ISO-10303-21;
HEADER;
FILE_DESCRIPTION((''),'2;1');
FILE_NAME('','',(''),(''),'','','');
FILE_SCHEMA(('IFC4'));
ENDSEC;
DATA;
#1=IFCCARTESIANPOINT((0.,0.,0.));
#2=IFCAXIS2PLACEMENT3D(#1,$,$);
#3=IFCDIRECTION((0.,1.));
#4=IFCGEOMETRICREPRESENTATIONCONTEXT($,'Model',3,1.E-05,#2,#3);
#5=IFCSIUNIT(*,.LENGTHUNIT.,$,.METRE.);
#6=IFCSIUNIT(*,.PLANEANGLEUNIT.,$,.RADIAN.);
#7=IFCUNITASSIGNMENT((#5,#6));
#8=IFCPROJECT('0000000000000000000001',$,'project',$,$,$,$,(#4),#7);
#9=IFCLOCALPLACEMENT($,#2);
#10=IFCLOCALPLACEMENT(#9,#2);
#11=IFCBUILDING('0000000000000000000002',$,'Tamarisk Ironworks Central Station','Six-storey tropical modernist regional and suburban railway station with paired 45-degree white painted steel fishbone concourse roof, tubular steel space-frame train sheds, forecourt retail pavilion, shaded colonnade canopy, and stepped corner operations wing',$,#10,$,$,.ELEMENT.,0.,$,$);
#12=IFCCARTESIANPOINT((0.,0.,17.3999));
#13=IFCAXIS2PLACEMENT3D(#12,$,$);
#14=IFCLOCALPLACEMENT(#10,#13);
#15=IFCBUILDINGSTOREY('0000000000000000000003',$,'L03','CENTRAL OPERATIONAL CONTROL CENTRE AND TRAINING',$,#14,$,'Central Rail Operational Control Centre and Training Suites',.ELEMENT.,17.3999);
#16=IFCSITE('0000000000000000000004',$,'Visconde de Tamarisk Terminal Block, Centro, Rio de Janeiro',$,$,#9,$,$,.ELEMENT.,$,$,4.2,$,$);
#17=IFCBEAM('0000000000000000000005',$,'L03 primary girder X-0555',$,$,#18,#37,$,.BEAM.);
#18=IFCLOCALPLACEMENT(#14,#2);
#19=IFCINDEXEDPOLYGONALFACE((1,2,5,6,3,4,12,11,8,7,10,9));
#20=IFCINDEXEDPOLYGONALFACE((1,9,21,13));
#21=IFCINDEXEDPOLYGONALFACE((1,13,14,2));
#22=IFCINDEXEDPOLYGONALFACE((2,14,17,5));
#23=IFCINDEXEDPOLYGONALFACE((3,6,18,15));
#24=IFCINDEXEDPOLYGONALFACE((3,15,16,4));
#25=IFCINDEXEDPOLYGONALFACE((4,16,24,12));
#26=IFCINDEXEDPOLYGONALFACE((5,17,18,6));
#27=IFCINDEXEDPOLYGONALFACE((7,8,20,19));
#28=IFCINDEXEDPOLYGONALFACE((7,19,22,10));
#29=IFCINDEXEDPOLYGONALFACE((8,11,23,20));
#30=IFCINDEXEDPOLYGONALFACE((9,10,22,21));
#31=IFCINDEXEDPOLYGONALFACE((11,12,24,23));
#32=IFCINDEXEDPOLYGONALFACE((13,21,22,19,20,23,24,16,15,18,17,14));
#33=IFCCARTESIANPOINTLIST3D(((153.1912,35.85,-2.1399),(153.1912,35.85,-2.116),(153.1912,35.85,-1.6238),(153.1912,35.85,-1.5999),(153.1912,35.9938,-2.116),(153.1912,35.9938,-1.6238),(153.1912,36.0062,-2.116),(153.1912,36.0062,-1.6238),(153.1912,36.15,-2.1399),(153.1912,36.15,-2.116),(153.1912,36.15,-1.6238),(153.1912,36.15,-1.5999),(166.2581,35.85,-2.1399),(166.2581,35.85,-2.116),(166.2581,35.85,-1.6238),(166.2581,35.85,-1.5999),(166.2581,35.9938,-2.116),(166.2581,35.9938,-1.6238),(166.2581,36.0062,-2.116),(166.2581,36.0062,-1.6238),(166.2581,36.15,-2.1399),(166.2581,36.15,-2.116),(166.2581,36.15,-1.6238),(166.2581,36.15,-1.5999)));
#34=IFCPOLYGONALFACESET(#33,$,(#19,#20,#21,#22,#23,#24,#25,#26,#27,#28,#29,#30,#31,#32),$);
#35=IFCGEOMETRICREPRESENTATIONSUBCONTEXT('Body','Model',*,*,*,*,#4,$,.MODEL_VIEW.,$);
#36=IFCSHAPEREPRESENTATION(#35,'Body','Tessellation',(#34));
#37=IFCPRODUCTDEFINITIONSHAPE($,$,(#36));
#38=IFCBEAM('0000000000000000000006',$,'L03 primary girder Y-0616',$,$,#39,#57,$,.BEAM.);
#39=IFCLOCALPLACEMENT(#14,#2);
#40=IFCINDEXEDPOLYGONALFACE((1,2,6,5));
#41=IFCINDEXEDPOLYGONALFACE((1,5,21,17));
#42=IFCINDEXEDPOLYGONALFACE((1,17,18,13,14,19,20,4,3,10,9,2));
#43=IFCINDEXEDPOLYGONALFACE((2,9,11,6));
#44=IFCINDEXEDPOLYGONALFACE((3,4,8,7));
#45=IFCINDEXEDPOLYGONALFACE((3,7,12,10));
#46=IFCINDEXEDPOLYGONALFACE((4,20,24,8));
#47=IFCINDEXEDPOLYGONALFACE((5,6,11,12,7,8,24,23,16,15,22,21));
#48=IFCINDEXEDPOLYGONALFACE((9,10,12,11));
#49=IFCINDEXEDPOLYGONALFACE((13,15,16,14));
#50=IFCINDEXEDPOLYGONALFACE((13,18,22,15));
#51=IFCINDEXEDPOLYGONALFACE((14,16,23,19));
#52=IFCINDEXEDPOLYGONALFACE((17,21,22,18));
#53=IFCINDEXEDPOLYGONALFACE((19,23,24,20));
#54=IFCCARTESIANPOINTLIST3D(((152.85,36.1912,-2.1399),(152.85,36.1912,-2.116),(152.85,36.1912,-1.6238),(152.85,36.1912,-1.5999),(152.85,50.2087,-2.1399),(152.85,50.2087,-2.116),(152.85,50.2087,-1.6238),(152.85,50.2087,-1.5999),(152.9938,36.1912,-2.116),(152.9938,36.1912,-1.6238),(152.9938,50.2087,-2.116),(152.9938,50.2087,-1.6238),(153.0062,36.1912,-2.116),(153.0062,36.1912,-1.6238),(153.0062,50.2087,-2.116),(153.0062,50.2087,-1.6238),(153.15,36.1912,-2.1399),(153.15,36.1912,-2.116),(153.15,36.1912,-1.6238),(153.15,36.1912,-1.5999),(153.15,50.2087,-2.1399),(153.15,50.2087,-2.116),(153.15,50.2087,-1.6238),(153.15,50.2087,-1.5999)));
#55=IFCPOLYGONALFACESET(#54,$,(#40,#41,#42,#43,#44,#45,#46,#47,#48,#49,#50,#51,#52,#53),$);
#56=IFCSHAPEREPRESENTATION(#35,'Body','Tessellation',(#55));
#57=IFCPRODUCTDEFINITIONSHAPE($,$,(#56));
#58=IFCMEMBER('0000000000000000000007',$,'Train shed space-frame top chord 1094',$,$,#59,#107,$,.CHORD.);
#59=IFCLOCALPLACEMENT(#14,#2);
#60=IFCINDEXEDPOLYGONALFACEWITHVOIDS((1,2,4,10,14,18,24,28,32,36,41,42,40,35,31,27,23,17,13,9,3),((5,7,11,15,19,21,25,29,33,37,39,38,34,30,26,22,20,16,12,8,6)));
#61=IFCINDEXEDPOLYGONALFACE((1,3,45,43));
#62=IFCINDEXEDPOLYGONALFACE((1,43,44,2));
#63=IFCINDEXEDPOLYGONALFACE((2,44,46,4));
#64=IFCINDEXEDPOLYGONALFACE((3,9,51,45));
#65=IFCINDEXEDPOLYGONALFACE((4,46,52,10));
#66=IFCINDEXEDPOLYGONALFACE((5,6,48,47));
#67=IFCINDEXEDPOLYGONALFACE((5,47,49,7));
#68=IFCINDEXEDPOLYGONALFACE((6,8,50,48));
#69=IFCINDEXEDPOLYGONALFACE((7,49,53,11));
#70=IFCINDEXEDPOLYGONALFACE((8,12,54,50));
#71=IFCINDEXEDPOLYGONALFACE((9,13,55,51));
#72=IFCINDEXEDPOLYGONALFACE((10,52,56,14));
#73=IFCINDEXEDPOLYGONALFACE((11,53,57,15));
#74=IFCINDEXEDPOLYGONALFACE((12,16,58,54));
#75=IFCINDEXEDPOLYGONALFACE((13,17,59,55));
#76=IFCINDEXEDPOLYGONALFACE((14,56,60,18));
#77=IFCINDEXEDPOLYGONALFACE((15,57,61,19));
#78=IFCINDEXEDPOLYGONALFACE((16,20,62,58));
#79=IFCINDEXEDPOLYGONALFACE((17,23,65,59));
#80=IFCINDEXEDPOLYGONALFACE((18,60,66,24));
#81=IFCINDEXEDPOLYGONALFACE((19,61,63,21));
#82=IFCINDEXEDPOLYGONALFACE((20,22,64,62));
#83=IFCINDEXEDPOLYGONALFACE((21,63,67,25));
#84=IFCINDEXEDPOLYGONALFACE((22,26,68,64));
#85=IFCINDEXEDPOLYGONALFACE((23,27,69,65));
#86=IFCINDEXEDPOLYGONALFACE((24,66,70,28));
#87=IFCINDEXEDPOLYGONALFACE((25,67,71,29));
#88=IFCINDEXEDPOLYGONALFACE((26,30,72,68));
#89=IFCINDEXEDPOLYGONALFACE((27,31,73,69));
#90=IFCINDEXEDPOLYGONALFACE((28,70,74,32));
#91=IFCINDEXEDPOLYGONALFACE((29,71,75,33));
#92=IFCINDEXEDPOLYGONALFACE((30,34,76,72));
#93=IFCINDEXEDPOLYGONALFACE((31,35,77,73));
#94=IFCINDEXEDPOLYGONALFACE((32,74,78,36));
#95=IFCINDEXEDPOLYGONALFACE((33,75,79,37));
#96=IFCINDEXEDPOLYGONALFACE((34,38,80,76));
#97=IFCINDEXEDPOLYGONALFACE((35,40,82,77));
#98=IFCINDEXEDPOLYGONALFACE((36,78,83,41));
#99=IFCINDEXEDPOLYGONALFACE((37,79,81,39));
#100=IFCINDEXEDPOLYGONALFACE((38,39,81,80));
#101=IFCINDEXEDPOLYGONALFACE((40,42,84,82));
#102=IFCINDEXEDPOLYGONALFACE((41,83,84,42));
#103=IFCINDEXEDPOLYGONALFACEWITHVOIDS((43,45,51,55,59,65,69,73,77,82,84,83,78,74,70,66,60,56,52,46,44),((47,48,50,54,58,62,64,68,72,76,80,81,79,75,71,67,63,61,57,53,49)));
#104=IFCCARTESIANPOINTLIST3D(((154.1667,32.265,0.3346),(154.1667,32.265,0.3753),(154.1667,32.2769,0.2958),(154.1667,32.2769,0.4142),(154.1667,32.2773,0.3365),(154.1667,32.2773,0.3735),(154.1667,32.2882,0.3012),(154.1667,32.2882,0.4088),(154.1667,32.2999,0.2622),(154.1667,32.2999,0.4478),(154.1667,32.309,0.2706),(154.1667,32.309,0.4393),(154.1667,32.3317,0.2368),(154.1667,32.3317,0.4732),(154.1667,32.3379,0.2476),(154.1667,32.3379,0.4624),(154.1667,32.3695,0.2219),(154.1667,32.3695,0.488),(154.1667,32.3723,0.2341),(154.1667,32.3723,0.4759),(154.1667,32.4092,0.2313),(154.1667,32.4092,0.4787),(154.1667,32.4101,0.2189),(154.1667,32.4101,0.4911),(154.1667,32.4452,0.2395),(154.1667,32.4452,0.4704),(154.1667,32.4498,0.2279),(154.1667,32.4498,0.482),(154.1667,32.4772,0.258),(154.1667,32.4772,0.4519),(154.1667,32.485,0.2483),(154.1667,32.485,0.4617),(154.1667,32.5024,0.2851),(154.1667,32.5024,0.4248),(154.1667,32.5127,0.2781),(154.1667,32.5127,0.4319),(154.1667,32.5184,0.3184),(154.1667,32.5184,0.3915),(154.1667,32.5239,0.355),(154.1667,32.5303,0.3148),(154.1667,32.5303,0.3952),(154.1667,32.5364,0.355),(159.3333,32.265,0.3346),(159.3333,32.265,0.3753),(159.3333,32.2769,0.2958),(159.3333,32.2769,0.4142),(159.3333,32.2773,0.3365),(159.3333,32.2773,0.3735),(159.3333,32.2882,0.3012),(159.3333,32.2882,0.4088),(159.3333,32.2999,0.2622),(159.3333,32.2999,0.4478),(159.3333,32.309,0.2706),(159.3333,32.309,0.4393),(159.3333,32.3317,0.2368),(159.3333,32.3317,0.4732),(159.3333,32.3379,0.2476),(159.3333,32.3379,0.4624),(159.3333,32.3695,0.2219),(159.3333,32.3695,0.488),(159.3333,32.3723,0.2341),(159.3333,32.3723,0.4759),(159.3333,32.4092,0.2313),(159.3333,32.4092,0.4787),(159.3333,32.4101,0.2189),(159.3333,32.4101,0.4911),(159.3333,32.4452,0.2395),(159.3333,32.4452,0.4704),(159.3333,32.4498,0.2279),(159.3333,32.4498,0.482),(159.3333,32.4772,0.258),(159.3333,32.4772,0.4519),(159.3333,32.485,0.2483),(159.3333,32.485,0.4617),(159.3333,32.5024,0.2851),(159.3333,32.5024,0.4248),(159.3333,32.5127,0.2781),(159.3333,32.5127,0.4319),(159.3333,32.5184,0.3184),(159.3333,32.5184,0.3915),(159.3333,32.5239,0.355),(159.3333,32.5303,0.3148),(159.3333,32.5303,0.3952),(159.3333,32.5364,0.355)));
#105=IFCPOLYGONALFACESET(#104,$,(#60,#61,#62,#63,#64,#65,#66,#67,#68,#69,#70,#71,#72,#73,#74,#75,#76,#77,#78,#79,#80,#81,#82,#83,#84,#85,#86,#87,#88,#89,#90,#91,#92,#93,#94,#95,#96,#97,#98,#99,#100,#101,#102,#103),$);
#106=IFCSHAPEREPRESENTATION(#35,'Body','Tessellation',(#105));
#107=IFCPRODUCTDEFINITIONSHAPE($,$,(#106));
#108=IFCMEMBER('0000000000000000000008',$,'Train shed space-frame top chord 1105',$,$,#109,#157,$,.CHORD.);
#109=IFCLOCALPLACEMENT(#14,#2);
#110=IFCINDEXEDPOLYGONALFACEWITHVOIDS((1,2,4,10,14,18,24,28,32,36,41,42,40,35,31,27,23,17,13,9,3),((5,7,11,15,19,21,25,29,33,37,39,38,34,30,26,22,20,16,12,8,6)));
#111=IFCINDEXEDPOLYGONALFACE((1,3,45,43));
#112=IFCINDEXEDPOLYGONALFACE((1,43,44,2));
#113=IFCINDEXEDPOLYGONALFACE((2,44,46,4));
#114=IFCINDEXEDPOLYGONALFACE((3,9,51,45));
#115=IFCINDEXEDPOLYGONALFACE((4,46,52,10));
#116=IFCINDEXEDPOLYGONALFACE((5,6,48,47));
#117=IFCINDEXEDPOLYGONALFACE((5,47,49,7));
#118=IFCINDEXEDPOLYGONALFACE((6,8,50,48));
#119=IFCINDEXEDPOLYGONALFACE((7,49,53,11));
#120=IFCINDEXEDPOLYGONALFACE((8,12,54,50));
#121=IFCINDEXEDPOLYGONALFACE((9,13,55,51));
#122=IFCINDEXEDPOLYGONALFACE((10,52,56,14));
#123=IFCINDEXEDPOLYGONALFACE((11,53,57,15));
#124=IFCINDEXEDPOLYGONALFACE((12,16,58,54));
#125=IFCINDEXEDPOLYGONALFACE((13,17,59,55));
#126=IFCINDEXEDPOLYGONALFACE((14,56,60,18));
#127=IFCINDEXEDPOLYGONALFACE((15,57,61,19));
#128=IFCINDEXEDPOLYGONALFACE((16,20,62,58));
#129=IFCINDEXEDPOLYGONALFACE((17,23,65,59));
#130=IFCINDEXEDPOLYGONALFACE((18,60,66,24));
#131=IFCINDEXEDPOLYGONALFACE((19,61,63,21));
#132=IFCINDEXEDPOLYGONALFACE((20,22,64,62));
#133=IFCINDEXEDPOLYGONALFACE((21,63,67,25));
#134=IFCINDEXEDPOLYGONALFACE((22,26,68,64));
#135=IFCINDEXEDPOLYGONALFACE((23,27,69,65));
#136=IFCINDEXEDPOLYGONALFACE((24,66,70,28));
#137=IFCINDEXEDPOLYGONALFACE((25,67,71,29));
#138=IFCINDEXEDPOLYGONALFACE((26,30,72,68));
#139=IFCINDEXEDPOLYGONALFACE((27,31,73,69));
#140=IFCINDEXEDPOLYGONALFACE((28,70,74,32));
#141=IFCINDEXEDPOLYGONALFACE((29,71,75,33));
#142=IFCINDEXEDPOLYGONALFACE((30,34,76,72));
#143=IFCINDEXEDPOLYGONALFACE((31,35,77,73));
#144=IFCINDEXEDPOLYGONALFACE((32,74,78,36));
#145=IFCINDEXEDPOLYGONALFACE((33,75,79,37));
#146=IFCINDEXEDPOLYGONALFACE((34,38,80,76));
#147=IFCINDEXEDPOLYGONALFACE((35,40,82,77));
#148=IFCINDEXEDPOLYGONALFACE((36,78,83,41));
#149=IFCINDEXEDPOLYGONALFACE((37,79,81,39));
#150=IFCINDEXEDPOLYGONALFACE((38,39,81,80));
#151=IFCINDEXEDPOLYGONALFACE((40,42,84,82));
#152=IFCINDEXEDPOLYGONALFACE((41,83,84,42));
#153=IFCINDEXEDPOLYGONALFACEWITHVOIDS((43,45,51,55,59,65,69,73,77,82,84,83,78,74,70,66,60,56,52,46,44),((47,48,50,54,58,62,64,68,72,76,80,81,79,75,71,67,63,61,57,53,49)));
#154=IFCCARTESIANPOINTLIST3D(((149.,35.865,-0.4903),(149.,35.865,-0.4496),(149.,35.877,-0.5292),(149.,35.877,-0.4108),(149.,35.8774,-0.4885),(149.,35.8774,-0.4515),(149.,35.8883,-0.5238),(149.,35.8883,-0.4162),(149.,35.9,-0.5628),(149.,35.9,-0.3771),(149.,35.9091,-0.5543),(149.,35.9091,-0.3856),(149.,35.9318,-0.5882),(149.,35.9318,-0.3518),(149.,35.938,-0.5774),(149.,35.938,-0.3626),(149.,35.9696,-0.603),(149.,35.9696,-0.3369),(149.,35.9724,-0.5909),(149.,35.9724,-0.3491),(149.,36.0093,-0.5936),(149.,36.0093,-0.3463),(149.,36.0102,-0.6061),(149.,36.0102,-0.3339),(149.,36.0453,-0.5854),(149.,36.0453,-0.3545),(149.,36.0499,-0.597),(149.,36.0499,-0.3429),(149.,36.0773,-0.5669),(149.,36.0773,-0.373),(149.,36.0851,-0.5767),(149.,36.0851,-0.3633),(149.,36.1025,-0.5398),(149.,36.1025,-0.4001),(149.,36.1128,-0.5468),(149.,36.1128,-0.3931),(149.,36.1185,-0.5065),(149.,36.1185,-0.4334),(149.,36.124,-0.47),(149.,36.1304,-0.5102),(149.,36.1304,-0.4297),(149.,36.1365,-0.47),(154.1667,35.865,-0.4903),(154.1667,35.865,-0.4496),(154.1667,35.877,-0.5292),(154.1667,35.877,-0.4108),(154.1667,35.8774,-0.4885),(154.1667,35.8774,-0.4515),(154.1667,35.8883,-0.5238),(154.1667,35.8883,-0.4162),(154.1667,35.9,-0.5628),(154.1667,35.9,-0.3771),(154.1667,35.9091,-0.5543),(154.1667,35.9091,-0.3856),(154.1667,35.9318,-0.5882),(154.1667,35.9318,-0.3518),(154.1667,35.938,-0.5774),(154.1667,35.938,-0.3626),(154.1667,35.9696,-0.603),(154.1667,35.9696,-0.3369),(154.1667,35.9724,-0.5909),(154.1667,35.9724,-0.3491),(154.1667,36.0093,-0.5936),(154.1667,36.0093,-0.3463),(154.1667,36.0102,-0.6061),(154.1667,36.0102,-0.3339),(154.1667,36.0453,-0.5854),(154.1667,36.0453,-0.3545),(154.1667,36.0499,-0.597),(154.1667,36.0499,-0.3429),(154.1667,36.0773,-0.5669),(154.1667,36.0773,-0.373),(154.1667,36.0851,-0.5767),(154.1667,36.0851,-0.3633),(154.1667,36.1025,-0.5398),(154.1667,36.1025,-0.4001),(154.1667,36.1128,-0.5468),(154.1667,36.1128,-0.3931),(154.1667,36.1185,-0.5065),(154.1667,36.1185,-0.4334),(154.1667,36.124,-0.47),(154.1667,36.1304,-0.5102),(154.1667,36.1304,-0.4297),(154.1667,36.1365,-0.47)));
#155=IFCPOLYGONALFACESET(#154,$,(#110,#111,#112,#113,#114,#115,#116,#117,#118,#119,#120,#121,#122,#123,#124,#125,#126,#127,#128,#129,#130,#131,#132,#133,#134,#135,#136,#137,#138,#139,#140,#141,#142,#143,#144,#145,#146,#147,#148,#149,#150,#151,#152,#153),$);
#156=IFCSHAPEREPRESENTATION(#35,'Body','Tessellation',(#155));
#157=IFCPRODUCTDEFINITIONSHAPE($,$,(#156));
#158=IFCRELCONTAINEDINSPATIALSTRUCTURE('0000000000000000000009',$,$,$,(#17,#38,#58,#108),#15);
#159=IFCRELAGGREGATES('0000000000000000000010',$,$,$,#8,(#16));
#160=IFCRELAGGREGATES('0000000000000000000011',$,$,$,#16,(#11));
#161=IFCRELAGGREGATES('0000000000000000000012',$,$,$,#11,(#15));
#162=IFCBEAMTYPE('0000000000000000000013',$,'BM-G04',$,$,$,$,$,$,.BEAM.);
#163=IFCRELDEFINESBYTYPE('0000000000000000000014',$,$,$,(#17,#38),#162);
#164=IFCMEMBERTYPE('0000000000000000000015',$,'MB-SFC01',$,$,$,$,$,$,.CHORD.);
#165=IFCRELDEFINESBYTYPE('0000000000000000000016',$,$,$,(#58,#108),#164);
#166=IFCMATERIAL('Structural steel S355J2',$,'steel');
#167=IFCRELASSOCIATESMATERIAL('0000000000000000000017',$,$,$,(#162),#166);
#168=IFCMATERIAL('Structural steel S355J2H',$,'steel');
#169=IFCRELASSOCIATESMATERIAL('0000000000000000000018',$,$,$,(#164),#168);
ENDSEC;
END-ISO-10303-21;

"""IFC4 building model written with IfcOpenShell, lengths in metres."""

from ifc_helpers import new_model, si_unit, direction, frame, origin, origin_2d, place, context, subcontext, project, spatial, hollow_circle, i_section, extrude, material, material_profile, profile_set, type_object, element, save


model = new_model("IFC4")

# Units and contexts
model_context = context("Model", 3, precision=1e-05, world=origin(), true_north=direction((0.0, 1.0)))
body_context = subcontext(model_context, "Body", "Model", "MODEL_VIEW")
ifc_project = project(units=[si_unit("LENGTHUNIT", "METRE"), si_unit("PLANEANGLEUNIT", "RADIAN")], contexts=[model_context])

# Site, building, storey
site_placement = place(None, origin())
site = spatial("IfcSite", under=ifc_project, at=site_placement, Name="Visconde de Tamarisk Terminal Block, Centro, Rio de Janeiro", CompositionType="ELEMENT", RefElevation=4.2)
building_placement = place(site_placement, origin())
building = spatial("IfcBuilding", under=site, at=building_placement, Name="Tamarisk Ironworks Central Station", Description="Six-storey tropical modernist regional and suburban railway station with paired 45-degree white painted steel fishbone concourse roof, tubular steel space-frame train sheds, forecourt retail pavilion, shaded colonnade canopy, and stepped corner operations wing", CompositionType="ELEMENT", ElevationOfRefHeight=0.0)
storey_placement = place(building_placement, frame((0.0, 0.0, 17.3999)))
storey = spatial("IfcBuildingStorey", under=building, at=storey_placement, Name="L03", Description="CENTRAL OPERATIONAL CONTROL CENTRE AND TRAINING", LongName="Central Rail Operational Control Centre and Training Suites", CompositionType="ELEMENT", Elevation=17.3999)

# Beams
ifc_material_1 = material(Name="Structural steel S355J2", Category="steel")
ifc_material_profile_1 = material_profile(ifc_material_1, i_section(OverallWidth=0.3, OverallDepth=0.54, WebThickness=0.0125, FlangeThickness=0.0239, at=origin_2d()), Name="HEA 550")
ifc_profile_set_1 = profile_set([ifc_material_profile_1], Name="Structural steel S355J2")
beam_type = type_object("IfcBeamType", Name="BM-G04", PredefinedType="BEAM", material=ifc_profile_set_1)
beam_1_placement = place(storey_placement, frame((153.1912, 36.0, -1.8699), z_axis=(1.0, 0.0, 0.0), x_axis=(0.0, 1.0, 0.0)))
element("IfcBeam", 1, at=beam_1_placement, inside=storey, type_object=beam_type, Name="L03 primary girder X-0555", PredefinedType="BEAM", context=body_context, shape_type="SweptSolid", body=[
    extrude(i_section(OverallWidth=0.3, OverallDepth=0.54, WebThickness=0.0125, FlangeThickness=0.0239, at=origin_2d()), origin(), (0.0, 0.0, 1.0), 13.0669),
])
beam_2_placement = place(storey_placement, frame((153.0, 36.1912, -1.8699), z_axis=(0.0, 1.0, 0.0), x_axis=(-1.0, 0.0, 0.0)))
element("IfcBeam", 2, at=beam_2_placement, inside=storey, type_object=beam_type, Name="L03 primary girder Y-0616", PredefinedType="BEAM", context=body_context, shape_type="SweptSolid", body=[
    extrude(i_section(OverallWidth=0.3, OverallDepth=0.54, WebThickness=0.0125, FlangeThickness=0.0239, at=origin_2d()), origin(), (0.0, 0.0, 1.0), 14.0176),
])

# Members
ifc_material_2 = material(Name="Structural steel S355J2H", Category="steel")
ifc_material_profile_2 = material_profile(ifc_material_2, hollow_circle(Radius=0.1365, WallThickness=0.0125, at=origin_2d()), Name="CHS 273x12.5")
ifc_profile_set_2 = profile_set([ifc_material_profile_2], Name="Structural steel S355J2H")
member_type_1 = type_object("IfcMemberType", Name="MB-SFC01", PredefinedType="CHORD", material=ifc_profile_set_2)
member_1_placement = place(storey_placement, frame((154.1667, 32.3999, 0.355), z_axis=(1.0, 0.0, 0.0), x_axis=(0.0, 1.0, 0.0)))
element("IfcMember", 3, at=member_1_placement, inside=storey, type_object=member_type_1, Name="Train shed space-frame top chord 1094", PredefinedType="CHORD", context=body_context, shape_type="SweptSolid", body=[
    extrude(hollow_circle(Radius=0.1365, WallThickness=0.0125, at=origin_2d()), origin(), (0.0, 0.0, 1.0), 5.1665),
])
member_2_placement = place(storey_placement, frame((149.0, 36.0, -0.47), z_axis=(1.0, 0.0, 0.0), x_axis=(0.0, 1.0, 0.0)))
element("IfcMember", 4, at=member_2_placement, inside=storey, type_object=member_type_1, Name="Train shed space-frame top chord 1105", PredefinedType="CHORD", context=body_context, shape_type="SweptSolid", body=[
    extrude(hollow_circle(Radius=0.1365, WallThickness=0.0125, at=origin_2d()), origin(), (0.0, 0.0, 1.0), 5.1667),
])

save(model, "model.ifc")
